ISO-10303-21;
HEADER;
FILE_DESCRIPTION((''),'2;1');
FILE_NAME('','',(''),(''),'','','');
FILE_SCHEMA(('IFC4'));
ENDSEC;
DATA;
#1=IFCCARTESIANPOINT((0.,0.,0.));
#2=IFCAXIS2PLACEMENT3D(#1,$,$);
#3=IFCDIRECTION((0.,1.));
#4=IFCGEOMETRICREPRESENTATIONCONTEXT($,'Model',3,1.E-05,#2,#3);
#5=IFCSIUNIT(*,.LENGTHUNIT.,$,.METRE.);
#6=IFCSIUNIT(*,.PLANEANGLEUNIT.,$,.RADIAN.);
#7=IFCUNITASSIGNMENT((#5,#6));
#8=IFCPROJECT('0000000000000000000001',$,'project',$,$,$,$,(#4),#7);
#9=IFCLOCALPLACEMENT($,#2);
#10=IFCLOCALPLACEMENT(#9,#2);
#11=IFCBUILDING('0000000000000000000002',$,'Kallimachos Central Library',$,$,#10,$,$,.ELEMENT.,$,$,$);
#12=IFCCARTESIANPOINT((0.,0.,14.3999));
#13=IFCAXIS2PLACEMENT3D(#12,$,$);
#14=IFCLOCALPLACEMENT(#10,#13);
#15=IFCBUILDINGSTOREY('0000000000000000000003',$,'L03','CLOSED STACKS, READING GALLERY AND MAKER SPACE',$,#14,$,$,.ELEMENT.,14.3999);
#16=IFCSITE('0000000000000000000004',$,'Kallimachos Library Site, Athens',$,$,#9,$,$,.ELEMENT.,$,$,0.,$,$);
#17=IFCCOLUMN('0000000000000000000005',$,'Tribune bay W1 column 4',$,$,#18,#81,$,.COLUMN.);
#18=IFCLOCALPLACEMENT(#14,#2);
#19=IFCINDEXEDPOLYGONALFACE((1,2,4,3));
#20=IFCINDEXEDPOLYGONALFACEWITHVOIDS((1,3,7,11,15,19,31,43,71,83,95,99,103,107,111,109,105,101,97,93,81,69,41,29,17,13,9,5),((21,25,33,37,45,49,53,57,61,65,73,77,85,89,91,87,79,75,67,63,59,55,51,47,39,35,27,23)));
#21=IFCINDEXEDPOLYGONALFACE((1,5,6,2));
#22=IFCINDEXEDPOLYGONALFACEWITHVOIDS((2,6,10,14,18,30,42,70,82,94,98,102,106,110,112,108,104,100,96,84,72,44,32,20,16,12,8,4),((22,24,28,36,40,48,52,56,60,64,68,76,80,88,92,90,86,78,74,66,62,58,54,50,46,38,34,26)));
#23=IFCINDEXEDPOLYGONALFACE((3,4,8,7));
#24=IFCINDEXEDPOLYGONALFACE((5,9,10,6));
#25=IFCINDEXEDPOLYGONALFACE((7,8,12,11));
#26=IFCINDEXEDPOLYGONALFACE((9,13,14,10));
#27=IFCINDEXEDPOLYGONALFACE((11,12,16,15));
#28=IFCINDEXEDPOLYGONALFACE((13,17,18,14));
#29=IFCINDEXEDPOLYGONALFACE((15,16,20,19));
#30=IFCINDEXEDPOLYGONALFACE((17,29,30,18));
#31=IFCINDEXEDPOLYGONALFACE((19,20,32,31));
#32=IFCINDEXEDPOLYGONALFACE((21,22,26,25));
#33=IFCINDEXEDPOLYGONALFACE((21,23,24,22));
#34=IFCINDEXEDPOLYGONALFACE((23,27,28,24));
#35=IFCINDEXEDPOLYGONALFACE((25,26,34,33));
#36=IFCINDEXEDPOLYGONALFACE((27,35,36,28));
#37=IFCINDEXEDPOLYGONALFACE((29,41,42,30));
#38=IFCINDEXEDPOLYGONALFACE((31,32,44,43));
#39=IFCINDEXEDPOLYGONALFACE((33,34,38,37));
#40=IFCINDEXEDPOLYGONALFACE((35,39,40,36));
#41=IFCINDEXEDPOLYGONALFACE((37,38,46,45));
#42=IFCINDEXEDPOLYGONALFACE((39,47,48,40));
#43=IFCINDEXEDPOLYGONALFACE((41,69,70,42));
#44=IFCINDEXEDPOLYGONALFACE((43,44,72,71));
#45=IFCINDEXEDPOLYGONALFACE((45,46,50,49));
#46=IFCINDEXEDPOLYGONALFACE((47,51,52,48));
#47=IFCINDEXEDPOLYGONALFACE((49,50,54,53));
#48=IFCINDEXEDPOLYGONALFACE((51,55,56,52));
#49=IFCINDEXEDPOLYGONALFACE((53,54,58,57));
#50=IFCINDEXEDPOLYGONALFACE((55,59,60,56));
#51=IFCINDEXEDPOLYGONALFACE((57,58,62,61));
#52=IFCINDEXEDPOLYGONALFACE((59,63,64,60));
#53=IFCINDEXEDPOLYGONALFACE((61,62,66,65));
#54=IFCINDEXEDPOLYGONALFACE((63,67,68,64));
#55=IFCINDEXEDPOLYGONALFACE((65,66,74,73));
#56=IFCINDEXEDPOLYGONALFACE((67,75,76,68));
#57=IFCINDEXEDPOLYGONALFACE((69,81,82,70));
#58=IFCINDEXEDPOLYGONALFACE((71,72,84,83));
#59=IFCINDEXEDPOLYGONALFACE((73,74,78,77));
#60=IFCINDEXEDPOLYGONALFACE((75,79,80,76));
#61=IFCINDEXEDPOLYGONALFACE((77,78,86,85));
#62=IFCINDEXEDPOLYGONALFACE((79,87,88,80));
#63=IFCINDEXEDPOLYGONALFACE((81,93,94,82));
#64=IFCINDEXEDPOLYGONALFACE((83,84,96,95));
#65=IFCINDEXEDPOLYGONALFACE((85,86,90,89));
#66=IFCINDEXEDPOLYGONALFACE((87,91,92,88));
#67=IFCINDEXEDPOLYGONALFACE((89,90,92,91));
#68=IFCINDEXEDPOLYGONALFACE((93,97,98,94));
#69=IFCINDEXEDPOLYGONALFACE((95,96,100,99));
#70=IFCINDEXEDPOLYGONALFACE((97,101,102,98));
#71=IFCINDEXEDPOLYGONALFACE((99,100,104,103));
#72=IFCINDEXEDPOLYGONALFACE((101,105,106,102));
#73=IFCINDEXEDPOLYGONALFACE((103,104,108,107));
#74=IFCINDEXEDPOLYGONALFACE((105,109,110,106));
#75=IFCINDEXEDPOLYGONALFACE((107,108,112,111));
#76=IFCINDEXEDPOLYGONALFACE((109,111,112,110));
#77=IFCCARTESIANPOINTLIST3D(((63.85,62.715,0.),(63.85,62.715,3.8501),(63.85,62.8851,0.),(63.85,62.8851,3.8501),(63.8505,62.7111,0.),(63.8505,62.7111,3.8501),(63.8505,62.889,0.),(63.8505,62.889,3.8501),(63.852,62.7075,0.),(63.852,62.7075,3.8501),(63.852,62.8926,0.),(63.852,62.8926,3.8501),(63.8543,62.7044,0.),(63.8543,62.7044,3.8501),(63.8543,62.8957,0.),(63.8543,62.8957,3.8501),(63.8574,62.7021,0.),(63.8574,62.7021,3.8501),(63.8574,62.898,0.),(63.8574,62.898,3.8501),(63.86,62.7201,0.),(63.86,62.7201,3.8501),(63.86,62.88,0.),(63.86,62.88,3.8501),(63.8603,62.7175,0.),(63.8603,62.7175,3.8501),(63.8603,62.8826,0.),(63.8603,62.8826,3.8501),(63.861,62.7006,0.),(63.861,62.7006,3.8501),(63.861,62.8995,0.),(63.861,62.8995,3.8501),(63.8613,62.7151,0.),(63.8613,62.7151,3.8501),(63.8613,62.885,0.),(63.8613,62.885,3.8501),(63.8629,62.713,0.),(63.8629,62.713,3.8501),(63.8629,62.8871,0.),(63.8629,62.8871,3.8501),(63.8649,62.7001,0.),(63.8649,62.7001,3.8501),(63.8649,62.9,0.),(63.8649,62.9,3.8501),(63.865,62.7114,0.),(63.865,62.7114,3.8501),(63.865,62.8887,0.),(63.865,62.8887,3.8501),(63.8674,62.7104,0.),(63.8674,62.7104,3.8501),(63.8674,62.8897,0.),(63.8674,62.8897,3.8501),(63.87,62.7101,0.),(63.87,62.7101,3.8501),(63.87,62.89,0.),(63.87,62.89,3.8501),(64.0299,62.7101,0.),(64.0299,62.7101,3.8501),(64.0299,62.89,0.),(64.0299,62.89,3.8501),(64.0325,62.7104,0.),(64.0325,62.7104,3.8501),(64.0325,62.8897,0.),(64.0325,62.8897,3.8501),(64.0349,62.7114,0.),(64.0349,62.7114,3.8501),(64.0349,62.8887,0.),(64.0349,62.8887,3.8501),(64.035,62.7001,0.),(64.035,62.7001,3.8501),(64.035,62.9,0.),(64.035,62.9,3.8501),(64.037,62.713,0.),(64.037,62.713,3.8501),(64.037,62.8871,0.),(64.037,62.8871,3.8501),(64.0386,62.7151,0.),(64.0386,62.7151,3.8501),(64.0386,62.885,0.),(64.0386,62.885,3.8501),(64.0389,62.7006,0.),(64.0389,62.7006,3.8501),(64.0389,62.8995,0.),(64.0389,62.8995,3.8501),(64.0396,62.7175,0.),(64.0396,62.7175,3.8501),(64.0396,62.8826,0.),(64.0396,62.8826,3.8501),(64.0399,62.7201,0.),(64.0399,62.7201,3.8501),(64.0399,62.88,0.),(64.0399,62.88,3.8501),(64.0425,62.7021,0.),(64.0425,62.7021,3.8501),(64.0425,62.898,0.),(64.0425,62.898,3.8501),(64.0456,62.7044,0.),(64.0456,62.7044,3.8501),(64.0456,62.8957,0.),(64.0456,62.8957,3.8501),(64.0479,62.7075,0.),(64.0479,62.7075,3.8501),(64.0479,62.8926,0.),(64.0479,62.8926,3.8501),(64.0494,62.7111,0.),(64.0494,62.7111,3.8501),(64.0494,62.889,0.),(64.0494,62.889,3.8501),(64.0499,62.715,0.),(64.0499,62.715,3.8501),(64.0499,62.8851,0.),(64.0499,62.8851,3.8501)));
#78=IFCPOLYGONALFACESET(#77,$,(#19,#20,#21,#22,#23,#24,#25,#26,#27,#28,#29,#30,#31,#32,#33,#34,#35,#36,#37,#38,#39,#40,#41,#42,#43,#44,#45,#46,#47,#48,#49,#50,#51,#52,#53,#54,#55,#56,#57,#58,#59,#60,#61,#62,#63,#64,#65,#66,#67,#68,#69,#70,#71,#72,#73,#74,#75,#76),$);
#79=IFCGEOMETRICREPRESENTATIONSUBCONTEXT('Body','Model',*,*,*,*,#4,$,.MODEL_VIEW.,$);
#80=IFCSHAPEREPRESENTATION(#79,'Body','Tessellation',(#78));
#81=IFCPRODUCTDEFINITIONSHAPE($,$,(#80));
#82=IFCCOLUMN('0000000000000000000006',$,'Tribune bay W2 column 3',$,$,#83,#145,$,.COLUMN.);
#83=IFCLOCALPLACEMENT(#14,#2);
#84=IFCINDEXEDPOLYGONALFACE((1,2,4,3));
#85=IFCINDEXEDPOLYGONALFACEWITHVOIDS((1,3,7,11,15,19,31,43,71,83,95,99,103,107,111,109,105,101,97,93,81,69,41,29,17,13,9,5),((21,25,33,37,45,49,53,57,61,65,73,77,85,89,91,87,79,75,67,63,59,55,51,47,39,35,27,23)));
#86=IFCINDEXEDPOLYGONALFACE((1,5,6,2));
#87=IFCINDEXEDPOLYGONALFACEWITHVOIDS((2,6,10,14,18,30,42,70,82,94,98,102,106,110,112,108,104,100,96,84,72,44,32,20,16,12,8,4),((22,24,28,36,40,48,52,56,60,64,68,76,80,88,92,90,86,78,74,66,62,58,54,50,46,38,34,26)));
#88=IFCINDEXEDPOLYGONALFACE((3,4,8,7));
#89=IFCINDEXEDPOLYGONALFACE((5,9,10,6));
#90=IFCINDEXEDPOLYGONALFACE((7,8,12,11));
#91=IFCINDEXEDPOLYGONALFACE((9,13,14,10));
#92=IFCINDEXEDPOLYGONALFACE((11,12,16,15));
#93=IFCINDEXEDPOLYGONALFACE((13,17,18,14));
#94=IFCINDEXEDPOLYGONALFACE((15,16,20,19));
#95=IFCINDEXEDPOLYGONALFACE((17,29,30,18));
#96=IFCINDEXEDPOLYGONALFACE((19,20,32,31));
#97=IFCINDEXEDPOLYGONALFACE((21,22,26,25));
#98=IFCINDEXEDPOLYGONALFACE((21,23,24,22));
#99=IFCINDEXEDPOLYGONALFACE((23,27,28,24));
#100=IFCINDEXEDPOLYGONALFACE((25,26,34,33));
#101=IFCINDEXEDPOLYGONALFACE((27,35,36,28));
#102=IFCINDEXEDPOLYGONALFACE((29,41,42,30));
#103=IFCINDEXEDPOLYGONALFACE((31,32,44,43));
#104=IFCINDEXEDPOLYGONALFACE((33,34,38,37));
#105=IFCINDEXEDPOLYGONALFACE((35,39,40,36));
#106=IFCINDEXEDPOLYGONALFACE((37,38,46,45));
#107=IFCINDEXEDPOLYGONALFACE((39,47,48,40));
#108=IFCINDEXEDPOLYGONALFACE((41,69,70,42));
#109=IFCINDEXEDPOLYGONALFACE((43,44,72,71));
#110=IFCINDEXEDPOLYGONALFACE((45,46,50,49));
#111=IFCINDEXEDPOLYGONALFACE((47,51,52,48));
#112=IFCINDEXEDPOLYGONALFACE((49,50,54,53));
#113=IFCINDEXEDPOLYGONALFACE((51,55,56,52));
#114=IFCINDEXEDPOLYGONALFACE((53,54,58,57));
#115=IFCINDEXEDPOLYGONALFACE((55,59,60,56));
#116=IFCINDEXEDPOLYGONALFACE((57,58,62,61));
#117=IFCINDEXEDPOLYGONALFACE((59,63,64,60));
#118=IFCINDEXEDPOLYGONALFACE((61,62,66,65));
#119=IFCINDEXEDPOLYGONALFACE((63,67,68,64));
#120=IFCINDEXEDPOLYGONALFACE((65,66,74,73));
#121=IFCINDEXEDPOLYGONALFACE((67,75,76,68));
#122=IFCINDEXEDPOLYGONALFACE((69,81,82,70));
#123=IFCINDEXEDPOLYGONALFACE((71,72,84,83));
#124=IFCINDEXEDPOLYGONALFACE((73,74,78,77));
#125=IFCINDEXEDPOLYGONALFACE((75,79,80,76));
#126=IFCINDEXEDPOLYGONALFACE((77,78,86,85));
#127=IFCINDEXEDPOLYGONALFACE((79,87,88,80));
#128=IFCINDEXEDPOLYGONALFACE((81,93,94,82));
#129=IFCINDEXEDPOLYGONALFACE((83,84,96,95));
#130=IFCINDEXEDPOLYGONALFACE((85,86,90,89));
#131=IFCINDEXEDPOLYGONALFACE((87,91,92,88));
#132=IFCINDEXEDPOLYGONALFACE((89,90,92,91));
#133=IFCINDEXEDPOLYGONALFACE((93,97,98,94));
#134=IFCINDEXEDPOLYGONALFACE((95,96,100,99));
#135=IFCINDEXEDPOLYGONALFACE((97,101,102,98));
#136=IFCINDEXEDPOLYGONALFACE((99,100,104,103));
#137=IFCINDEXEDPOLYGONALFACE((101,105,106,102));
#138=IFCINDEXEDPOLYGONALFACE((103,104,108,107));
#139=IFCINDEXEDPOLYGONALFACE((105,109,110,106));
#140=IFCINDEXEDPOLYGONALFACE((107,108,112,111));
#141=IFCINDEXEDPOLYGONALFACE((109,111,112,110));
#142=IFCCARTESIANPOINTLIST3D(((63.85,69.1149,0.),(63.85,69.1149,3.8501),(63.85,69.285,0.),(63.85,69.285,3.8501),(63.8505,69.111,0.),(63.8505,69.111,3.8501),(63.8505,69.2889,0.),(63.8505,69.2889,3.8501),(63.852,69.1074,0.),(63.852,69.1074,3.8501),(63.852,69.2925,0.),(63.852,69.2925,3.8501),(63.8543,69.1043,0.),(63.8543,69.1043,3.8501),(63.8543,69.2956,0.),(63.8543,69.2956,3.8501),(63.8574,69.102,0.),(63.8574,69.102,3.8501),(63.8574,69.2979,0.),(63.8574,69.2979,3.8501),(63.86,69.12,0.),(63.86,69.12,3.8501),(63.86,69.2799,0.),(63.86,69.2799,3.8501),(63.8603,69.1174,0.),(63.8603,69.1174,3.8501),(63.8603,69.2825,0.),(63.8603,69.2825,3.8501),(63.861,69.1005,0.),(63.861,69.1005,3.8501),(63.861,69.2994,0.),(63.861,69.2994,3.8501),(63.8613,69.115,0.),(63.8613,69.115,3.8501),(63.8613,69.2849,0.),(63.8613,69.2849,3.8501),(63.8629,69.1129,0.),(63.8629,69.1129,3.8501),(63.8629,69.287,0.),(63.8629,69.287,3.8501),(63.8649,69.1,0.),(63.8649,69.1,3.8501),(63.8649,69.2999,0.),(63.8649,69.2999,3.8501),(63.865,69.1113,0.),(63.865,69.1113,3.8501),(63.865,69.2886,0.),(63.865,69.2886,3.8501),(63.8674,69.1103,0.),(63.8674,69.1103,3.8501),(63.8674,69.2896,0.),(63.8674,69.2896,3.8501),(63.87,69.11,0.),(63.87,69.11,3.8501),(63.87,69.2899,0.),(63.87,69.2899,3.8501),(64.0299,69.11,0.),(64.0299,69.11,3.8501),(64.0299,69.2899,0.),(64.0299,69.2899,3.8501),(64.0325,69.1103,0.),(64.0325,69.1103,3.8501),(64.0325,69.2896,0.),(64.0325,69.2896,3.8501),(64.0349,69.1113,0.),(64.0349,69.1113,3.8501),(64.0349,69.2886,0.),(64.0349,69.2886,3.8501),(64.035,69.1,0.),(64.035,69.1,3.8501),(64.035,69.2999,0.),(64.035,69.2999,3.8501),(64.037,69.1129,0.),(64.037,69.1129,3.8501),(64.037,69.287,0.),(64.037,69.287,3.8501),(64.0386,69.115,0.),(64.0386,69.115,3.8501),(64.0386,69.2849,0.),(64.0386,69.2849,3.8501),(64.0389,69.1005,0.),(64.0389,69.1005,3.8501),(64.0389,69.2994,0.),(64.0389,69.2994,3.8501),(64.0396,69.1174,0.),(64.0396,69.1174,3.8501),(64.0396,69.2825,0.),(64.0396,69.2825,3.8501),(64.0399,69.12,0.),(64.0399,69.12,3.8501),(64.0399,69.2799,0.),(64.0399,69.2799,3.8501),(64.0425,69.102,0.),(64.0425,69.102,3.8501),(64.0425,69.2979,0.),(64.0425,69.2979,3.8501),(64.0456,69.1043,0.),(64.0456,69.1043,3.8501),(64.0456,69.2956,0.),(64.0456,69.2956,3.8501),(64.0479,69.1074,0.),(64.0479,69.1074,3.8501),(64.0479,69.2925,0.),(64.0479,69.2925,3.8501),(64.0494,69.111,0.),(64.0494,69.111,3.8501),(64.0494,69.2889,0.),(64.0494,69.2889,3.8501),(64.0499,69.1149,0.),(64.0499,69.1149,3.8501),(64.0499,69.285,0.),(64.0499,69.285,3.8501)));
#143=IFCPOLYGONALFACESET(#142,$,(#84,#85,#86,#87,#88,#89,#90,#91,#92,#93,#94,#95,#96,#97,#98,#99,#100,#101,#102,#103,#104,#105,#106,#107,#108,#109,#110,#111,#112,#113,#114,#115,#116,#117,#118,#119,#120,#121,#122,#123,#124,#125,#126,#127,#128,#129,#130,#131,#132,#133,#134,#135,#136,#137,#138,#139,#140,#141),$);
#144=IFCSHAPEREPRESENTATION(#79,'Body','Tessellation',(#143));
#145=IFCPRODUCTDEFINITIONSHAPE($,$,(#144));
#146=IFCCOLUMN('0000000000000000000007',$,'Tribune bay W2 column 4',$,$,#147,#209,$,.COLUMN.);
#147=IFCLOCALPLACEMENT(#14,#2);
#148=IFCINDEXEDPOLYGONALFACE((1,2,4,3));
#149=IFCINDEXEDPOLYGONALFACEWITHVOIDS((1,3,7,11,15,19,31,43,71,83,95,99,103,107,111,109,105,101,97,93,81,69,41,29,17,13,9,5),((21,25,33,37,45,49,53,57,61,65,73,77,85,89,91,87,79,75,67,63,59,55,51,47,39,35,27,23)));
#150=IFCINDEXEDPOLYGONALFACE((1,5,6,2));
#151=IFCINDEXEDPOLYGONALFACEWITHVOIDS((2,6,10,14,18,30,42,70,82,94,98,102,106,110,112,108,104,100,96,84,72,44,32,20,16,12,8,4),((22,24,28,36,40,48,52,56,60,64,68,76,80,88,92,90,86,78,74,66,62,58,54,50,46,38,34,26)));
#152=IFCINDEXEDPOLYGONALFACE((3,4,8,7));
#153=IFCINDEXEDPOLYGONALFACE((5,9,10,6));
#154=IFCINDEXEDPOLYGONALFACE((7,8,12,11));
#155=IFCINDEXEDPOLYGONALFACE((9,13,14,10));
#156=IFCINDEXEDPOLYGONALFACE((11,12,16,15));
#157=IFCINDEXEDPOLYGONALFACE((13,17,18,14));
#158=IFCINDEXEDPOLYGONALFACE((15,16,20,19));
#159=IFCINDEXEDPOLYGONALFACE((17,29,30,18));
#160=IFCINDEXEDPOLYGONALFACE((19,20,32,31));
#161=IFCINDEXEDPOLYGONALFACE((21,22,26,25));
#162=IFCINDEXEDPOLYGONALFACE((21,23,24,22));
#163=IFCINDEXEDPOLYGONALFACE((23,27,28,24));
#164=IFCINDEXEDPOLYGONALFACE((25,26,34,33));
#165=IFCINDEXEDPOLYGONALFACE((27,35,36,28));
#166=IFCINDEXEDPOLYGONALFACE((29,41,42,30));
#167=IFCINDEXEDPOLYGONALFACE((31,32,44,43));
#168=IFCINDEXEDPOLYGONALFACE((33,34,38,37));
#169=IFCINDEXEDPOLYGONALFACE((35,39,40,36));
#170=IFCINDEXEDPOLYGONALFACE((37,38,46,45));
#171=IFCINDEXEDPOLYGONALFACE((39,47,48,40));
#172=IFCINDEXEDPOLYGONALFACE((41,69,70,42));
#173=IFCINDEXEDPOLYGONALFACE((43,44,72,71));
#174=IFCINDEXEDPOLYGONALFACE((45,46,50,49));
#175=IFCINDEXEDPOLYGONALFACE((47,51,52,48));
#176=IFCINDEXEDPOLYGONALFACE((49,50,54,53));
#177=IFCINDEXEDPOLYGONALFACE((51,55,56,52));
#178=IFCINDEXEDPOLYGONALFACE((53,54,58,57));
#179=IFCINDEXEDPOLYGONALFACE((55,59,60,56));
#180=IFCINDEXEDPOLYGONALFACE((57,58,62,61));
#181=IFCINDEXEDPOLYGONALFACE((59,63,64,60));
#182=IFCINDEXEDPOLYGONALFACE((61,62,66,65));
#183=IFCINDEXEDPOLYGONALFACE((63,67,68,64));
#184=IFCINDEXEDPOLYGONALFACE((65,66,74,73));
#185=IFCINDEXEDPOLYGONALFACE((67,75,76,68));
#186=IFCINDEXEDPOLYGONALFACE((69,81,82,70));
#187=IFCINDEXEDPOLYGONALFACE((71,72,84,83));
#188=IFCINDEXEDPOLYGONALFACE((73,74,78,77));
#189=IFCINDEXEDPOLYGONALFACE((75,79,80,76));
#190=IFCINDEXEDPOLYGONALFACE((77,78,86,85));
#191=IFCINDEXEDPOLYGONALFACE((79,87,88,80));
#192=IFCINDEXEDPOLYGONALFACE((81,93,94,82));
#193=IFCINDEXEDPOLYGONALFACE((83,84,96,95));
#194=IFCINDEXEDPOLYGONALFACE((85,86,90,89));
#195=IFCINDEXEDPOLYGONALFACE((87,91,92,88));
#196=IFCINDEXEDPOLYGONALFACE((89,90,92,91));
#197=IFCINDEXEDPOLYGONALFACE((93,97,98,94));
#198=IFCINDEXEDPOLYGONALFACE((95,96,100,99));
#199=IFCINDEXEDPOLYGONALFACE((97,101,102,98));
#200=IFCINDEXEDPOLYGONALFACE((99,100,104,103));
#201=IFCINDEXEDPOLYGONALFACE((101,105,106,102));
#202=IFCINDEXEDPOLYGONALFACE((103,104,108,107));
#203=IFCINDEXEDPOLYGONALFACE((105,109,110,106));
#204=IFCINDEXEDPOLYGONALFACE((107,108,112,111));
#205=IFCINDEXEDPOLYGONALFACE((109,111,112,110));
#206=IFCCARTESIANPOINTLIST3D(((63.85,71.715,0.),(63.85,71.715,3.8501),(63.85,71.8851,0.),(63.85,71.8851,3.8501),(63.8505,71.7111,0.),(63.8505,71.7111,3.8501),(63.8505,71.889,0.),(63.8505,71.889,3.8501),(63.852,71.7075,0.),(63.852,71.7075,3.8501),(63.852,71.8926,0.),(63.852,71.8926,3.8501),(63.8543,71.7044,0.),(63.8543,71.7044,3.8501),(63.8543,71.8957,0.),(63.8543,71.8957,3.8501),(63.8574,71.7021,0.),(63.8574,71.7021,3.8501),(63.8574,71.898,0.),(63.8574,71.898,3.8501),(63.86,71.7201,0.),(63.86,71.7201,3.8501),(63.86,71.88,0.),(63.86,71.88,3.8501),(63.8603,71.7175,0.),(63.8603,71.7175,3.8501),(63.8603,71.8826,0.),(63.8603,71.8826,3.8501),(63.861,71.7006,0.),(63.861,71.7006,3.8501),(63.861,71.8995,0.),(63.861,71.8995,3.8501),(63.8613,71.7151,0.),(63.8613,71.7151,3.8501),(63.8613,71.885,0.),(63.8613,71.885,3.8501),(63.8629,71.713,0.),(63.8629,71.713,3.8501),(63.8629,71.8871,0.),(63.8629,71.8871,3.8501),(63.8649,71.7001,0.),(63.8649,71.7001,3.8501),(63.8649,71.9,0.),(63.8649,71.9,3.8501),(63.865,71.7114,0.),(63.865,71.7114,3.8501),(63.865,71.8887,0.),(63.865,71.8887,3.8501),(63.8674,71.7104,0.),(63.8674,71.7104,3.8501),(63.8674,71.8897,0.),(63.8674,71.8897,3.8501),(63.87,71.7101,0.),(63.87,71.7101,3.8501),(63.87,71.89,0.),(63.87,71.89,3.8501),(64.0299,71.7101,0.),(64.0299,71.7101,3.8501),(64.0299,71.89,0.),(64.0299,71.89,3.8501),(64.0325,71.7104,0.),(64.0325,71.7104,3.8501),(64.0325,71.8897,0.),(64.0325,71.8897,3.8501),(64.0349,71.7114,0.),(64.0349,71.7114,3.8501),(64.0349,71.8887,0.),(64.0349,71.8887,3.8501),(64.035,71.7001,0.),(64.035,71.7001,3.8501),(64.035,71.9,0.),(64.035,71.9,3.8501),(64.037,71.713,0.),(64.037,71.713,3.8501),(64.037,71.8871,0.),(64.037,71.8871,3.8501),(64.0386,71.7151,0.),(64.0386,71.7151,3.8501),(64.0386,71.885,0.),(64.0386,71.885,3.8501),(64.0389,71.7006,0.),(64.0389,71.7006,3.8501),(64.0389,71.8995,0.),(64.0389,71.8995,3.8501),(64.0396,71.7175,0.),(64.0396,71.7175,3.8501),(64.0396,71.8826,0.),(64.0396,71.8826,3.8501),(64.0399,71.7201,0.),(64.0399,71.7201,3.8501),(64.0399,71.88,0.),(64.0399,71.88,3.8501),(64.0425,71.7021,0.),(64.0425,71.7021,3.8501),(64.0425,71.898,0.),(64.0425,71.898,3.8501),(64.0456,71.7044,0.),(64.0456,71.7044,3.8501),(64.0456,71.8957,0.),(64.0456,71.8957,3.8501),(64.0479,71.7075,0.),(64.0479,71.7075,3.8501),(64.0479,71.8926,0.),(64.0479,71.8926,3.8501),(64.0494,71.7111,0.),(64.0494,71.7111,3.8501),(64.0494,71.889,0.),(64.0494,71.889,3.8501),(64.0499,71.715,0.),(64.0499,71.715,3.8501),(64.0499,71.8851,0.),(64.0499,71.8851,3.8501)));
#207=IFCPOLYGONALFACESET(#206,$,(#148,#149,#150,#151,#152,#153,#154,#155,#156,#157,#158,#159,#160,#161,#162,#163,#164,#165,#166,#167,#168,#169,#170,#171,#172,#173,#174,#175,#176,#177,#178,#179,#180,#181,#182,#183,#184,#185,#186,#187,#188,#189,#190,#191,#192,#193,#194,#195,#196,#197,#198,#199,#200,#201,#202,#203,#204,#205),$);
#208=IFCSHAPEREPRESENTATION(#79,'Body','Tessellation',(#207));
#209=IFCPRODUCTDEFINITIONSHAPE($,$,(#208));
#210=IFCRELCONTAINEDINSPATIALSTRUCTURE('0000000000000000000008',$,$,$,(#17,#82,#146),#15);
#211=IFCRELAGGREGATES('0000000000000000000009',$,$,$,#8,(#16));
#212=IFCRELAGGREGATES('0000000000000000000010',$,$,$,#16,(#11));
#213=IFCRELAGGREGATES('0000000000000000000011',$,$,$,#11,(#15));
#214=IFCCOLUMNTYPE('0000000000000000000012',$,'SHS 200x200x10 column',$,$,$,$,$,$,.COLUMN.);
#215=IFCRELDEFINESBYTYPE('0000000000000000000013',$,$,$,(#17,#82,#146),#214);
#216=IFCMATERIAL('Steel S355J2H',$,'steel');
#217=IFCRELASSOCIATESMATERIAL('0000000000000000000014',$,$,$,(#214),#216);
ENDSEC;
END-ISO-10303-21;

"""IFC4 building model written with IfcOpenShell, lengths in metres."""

from ifc_helpers import new_model, si_unit, direction, frame, origin, origin_2d, place, context, subcontext, project, spatial, hollow_rectangle, extrude, material, material_profile, profile_set, type_object, element, save


model = new_model("IFC4")

# Units and contexts
model_context = context("Model", 3, precision=1e-05, world=origin(), true_north=direction((0.0, 1.0)))
body_context = subcontext(model_context, "Body", "Model", "MODEL_VIEW")
ifc_project = project(units=[si_unit("LENGTHUNIT", "METRE"), si_unit("PLANEANGLEUNIT", "RADIAN")], contexts=[model_context])

# Site, building, storey
site_placement = place(None, origin())
site = spatial("IfcSite", under=ifc_project, at=site_placement, Name="Kallimachos Library Site, Athens", CompositionType="ELEMENT", RefElevation=0.0)
building_placement = place(site_placement, origin())
building = spatial("IfcBuilding", under=site, at=building_placement, Name="Kallimachos Central Library", CompositionType="ELEMENT")
storey_placement = place(building_placement, frame((0.0, 0.0, 14.3999)))
storey = spatial("IfcBuildingStorey", under=building, at=storey_placement, Name="L03", Description="CLOSED STACKS, READING GALLERY AND MAKER SPACE", CompositionType="ELEMENT", Elevation=14.3999)

# Columns
ifc_material_1 = material(Name="Steel S355J2H", Category="steel")
ifc_material_profile_1 = material_profile(ifc_material_1, hollow_rectangle(XDim=0.2, YDim=0.2, WallThickness=0.01, InnerFilletRadius=0.01, OuterFilletRadius=0.0149, at=origin_2d()), Name="SHS 200x200x10")
ifc_profile_set_1 = profile_set([ifc_material_profile_1], Name="Steel S355J2H")
column_type = type_object("IfcColumnType", Name="SHS 200x200x10 column", PredefinedType="COLUMN", material=ifc_profile_set_1)
for number, where, z_axis, x_axis, name in (
    (1, (63.95, 62.8, 0.0), (0.0, 0.0, 1.0), (1.0, 0.0, 0.0), "Tribune bay W1 column 4"),
    (2, (63.95, 69.2, 0.0), (0.0, 0.0, 1.0), (1.0, 0.0, 0.0), "Tribune bay W2 column 3"),
    (3, (63.95, 71.8, 0.0), (0.0, 0.0, 1.0), (1.0, 0.0, 0.0), "Tribune bay W2 column 4"),
):
    element("IfcColumn", number, at=place(storey_placement, frame(where, z_axis=z_axis, x_axis=x_axis)), inside=storey, type_object=column_type, Name=name, PredefinedType="COLUMN", context=body_context, shape_type="SweptSolid", body=[
        extrude(hollow_rectangle(XDim=0.2, YDim=0.2, WallThickness=0.01, InnerFilletRadius=0.01, OuterFilletRadius=0.0149, at=origin_2d()), origin(), (0.0, 0.0, 1.0), 3.8501),
    ])

save(model, "model.ifc")
